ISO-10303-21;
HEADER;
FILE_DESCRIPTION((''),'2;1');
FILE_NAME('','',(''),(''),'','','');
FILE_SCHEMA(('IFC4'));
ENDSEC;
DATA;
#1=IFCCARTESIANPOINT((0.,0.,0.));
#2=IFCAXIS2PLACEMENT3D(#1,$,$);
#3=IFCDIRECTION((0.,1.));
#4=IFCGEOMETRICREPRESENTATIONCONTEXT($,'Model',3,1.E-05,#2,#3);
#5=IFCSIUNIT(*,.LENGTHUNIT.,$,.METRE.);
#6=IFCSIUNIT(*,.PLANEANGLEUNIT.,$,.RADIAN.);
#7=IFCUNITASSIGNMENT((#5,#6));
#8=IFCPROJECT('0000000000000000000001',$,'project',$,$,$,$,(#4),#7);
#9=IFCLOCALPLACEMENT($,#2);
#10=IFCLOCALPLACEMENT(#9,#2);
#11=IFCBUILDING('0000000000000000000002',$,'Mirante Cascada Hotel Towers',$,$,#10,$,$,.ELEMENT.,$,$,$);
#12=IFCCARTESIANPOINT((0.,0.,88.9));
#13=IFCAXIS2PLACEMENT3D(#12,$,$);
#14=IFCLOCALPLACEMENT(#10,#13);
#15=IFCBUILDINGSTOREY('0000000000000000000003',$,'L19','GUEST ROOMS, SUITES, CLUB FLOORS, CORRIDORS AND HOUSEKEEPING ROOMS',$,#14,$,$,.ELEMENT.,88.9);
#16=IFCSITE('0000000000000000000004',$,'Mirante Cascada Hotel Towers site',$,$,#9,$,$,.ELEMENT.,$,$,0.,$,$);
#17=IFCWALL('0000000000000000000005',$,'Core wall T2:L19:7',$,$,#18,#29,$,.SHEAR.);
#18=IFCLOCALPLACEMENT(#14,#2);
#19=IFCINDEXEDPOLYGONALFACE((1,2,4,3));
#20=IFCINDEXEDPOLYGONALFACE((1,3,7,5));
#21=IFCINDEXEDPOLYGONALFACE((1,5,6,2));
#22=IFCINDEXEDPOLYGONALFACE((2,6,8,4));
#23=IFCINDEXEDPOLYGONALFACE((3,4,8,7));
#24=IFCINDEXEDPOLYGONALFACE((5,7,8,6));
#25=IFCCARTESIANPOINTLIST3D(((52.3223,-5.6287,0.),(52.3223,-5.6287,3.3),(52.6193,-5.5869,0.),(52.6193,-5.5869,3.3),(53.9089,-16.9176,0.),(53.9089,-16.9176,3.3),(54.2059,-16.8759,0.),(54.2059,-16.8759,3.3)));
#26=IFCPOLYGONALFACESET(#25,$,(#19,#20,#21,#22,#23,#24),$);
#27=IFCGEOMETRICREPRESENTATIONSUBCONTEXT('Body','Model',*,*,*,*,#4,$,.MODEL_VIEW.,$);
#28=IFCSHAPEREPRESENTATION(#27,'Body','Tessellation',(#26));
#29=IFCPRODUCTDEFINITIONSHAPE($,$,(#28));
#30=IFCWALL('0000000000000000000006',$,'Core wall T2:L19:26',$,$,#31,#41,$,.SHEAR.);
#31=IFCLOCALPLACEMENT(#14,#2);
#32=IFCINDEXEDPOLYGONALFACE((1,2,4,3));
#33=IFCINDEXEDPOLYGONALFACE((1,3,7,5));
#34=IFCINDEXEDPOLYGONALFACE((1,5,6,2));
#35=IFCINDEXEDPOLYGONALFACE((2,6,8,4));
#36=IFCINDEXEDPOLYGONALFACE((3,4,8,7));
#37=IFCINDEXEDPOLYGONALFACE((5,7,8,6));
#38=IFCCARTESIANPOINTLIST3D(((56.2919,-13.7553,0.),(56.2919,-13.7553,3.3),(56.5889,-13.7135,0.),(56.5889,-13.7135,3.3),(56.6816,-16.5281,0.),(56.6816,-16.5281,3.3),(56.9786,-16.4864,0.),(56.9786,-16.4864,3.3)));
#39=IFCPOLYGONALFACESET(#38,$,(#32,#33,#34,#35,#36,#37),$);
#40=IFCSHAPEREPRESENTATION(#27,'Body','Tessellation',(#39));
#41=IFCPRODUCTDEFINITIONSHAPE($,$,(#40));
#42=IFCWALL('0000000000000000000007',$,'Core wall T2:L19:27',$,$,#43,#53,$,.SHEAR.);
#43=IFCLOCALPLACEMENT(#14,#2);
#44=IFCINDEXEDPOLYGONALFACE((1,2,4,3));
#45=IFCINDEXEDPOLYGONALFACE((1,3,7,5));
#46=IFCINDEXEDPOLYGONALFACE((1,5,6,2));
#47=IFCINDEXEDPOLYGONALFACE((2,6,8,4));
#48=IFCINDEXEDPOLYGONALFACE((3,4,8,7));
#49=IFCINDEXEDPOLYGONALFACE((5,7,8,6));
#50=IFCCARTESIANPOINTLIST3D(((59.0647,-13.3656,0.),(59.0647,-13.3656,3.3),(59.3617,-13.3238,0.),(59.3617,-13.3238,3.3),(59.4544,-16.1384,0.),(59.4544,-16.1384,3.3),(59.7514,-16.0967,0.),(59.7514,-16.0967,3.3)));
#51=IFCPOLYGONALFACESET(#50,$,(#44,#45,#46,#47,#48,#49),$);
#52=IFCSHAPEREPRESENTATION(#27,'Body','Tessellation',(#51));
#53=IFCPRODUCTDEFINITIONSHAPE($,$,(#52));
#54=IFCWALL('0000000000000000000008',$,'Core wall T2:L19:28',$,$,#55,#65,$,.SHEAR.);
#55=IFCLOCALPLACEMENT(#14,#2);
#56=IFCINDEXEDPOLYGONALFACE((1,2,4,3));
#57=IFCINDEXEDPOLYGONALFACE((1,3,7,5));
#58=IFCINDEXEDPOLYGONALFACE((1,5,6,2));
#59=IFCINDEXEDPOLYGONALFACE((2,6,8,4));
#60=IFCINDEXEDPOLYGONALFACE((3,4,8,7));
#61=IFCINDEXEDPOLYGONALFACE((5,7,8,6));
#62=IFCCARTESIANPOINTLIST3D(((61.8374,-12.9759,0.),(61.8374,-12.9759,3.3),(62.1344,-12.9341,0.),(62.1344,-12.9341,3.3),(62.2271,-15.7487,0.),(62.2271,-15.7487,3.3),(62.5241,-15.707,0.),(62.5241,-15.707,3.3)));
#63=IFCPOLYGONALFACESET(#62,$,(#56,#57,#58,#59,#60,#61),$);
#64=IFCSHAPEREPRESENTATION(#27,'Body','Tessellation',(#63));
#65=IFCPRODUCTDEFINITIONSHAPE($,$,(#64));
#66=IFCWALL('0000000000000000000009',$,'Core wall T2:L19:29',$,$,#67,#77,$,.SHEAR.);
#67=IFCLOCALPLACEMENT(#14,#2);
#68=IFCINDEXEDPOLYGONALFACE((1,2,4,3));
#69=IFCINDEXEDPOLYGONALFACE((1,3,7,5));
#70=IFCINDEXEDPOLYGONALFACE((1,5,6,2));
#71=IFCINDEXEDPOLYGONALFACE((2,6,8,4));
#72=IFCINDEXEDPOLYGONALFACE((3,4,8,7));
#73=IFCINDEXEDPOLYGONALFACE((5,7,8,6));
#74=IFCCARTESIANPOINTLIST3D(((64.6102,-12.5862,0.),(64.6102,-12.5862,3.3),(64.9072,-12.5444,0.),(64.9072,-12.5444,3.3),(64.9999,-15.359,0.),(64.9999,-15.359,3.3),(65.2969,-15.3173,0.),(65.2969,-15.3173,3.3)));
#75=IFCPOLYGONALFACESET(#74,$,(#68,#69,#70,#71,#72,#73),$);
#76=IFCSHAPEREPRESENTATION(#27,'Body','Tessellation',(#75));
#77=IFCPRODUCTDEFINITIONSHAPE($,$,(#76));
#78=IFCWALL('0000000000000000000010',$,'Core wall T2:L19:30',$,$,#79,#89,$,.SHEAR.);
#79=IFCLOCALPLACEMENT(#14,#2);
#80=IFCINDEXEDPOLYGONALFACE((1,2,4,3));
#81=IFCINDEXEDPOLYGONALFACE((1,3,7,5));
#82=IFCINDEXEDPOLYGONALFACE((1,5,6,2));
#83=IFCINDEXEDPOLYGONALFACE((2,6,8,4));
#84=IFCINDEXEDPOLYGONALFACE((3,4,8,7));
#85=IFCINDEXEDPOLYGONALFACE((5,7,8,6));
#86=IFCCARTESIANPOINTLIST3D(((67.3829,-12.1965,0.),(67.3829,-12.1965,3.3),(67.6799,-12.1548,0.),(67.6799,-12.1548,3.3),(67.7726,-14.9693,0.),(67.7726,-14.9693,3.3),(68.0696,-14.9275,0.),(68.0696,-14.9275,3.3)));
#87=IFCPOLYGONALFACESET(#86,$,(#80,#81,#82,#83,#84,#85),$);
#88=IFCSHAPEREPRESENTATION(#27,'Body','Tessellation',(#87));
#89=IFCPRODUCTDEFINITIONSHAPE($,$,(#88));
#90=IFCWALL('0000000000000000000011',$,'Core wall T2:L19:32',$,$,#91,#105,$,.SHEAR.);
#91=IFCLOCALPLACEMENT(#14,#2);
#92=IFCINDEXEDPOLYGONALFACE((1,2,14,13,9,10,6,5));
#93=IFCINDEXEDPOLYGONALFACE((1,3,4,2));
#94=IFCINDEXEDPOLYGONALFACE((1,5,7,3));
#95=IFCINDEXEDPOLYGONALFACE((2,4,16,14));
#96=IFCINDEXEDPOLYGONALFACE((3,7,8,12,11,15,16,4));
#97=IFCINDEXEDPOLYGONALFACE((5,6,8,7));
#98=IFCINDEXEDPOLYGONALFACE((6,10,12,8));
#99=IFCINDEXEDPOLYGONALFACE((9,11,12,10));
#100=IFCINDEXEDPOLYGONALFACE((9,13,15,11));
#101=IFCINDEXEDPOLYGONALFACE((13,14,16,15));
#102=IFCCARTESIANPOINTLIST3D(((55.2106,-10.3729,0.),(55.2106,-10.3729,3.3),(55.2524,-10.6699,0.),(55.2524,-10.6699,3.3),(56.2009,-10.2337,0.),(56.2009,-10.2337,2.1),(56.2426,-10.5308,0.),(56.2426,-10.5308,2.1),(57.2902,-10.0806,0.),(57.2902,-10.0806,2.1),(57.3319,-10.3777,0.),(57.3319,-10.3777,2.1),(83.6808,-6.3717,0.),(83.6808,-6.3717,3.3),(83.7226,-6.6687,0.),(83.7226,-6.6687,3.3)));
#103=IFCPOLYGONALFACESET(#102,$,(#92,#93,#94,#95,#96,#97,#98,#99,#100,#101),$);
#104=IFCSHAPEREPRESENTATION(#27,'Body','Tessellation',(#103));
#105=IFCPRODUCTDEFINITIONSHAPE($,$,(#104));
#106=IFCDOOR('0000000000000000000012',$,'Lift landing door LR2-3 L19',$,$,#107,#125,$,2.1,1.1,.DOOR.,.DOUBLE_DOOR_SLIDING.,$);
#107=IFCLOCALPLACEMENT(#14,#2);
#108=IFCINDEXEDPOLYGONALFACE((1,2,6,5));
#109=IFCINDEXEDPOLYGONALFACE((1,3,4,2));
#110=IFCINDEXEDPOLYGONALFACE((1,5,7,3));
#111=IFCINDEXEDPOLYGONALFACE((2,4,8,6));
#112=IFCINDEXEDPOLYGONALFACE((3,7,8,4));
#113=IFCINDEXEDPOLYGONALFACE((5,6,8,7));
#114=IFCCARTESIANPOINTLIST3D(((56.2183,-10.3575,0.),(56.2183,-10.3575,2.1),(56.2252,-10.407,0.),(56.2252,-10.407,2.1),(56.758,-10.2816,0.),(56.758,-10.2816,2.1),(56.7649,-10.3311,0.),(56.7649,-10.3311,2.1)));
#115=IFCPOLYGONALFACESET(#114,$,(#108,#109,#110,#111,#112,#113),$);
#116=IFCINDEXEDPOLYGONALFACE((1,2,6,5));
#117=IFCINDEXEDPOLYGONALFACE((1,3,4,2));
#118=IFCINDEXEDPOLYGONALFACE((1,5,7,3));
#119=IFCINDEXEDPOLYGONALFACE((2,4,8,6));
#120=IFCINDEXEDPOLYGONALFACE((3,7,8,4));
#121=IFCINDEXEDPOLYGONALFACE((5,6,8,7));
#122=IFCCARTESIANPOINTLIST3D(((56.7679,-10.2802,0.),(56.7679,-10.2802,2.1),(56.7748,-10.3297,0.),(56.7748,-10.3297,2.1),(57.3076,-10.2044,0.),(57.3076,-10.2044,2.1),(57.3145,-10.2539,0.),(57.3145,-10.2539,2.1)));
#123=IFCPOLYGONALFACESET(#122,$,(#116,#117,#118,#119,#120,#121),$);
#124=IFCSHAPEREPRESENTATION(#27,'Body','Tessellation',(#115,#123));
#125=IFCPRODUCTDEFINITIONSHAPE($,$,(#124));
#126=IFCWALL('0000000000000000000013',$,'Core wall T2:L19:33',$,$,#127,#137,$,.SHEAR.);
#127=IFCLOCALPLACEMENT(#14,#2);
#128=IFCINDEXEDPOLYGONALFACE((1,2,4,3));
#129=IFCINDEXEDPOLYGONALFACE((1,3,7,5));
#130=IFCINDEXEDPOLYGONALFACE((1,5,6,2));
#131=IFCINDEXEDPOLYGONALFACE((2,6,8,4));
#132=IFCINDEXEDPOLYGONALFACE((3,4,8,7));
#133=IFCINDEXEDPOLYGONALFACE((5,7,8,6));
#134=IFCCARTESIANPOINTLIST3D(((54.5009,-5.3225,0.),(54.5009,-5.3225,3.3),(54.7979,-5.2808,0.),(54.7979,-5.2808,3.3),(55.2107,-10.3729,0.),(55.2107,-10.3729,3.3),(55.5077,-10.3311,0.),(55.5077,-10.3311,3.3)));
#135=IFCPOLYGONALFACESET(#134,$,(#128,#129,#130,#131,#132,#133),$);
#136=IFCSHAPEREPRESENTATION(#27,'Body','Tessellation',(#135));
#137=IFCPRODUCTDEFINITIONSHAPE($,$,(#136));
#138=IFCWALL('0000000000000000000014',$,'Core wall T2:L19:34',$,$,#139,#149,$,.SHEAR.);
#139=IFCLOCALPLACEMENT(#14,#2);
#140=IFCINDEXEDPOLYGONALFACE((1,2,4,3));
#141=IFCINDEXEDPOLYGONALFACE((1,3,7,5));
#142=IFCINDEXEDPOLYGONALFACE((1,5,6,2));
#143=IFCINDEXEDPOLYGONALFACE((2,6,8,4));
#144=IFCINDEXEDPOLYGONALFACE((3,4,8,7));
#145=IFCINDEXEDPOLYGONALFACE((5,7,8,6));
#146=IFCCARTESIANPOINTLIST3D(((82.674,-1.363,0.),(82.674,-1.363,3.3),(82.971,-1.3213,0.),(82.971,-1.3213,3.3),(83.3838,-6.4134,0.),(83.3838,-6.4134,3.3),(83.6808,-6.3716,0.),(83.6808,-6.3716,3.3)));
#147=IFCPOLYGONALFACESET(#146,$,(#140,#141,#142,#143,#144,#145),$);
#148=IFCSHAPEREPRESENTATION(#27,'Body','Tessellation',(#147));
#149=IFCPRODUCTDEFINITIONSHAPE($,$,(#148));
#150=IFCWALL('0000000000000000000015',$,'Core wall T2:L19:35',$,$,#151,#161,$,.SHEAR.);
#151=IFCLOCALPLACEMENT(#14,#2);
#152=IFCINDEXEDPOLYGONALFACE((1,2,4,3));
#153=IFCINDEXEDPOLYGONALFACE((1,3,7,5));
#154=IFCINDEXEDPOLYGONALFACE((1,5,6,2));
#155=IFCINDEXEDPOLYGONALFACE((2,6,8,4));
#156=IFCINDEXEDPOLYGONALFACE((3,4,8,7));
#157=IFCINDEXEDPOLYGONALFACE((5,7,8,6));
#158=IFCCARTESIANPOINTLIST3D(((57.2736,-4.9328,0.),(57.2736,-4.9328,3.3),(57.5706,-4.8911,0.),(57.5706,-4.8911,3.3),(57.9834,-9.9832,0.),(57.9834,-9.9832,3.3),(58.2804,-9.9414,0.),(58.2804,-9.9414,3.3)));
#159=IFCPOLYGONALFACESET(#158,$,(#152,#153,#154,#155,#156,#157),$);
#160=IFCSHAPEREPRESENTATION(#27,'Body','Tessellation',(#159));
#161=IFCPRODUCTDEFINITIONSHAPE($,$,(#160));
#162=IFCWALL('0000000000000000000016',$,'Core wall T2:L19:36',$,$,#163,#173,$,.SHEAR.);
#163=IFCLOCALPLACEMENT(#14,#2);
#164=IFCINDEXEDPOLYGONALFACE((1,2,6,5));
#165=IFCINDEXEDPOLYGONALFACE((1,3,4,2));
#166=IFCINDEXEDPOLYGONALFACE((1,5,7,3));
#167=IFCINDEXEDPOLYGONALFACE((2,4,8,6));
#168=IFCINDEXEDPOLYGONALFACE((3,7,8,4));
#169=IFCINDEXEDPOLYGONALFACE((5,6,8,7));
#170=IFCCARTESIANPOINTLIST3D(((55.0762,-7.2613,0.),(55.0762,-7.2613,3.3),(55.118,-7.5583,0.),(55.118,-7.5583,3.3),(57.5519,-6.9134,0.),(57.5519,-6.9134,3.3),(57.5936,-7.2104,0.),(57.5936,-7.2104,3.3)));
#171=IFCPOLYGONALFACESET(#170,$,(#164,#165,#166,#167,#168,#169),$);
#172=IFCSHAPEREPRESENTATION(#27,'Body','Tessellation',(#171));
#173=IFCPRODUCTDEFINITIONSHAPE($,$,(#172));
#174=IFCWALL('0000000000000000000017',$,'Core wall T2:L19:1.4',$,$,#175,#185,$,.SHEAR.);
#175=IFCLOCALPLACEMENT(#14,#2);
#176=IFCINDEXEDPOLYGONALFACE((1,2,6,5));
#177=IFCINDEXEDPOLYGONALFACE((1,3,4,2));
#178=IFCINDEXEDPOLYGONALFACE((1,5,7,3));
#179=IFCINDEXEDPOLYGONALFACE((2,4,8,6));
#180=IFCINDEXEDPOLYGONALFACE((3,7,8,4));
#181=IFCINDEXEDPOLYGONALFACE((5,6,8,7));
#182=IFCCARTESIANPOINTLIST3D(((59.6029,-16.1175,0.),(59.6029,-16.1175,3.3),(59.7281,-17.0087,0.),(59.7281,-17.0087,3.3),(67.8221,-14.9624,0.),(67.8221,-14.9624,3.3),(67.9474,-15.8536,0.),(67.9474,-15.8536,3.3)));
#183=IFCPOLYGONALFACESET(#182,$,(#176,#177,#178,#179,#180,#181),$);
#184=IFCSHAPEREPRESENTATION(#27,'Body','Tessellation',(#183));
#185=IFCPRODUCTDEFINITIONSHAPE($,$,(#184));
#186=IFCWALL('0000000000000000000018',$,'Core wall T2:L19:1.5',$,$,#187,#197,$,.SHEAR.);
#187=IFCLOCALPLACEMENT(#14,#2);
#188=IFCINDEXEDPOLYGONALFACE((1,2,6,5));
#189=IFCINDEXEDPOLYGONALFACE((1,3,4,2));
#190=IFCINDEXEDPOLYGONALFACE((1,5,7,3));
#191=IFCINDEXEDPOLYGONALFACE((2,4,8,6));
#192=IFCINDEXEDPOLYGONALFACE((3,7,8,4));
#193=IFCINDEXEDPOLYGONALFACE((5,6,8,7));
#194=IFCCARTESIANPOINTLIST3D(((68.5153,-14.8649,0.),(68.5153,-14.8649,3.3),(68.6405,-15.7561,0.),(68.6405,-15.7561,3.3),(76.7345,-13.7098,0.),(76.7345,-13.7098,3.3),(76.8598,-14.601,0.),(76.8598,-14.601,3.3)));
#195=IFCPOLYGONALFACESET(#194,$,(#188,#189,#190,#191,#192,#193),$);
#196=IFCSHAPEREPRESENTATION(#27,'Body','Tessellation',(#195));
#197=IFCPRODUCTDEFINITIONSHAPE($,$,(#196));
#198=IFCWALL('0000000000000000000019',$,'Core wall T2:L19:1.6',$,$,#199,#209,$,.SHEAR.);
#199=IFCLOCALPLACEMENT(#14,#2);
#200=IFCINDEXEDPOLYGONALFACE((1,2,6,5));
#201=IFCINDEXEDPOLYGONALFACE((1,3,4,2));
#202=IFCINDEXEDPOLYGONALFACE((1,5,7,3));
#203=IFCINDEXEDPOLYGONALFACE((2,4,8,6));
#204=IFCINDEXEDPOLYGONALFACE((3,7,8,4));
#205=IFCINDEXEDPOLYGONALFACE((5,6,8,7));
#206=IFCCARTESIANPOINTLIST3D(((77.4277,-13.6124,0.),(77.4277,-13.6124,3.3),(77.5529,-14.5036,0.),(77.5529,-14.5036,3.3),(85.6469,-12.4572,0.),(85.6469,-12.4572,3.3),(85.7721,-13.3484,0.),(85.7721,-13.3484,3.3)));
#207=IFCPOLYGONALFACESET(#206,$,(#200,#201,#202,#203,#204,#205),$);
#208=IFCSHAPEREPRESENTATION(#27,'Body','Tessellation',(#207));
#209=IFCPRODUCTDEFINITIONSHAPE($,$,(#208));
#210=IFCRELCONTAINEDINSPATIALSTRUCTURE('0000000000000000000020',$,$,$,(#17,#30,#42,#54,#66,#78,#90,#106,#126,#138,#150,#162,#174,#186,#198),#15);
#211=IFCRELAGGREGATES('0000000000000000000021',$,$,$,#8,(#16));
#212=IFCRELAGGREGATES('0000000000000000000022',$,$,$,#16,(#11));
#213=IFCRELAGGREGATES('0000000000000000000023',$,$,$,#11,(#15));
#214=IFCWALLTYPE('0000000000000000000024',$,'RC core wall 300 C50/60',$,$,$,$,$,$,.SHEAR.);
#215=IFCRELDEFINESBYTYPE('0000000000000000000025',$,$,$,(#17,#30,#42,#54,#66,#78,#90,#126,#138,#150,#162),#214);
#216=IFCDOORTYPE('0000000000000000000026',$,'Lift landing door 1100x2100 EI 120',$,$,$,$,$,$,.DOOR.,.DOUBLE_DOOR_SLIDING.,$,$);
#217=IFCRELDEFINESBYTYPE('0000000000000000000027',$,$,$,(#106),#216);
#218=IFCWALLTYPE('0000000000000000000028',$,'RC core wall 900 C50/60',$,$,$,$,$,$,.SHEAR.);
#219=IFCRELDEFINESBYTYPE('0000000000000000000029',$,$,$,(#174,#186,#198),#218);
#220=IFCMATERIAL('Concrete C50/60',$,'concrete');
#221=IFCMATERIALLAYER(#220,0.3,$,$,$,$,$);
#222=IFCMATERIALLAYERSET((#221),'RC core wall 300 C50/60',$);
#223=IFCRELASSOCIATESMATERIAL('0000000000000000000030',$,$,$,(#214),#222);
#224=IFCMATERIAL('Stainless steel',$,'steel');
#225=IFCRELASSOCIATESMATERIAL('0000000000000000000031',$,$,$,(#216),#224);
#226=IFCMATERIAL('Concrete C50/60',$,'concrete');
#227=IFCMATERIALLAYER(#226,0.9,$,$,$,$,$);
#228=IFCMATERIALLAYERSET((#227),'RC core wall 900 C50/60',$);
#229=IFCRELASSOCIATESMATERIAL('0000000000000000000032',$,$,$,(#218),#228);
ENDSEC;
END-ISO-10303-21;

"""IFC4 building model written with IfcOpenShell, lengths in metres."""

from ifc_helpers import new_model, si_unit, direction, frame, frame_2d, origin, place, context, subcontext, project, spatial, rectangle, extrude, material, layer, layer_set, type_object, element, fill, save


model = new_model("IFC4")

# Units and contexts
model_context = context("Model", 3, precision=1e-05, world=origin(), true_north=direction((0.0, 1.0)))
body_context = subcontext(model_context, "Body", "Model", "MODEL_VIEW")
ifc_project = project(units=[si_unit("LENGTHUNIT", "METRE"), si_unit("PLANEANGLEUNIT", "RADIAN")], contexts=[model_context])

# Site, building, storey
site_placement = place(None, origin())
site = spatial("IfcSite", under=ifc_project, at=site_placement, Name="Mirante Cascada Hotel Towers site", CompositionType="ELEMENT", RefElevation=0.0)
building_placement = place(site_placement, origin())
building = spatial("IfcBuilding", under=site, at=building_placement, Name="Mirante Cascada Hotel Towers", CompositionType="ELEMENT")
storey_placement = place(building_placement, frame((0.0, 0.0, 88.9)))
storey = spatial("IfcBuildingStorey", under=building, at=storey_placement, Name="L19", Description="GUEST ROOMS, SUITES, CLUB FLOORS, CORRIDORS AND HOUSEKEEPING ROOMS", CompositionType="ELEMENT", Elevation=88.9)

# Walls
ifc_material_1 = material(Name="Concrete C50/60", Category="concrete")
ifc_layer_1 = layer(ifc_material_1, 0.3)
ifc_layer_set_1 = layer_set([ifc_layer_1], Name="RC core wall 300 C50/60")
wall_type_1 = type_object("IfcWallType", Name="RC core wall 300 C50/60", PredefinedType="SHEAR", material=ifc_layer_set_1)
wall_1_placement = place(storey_placement, frame((54.0574, -16.8968, 0.0), z_axis=(0.0, 0.0, 1.0), x_axis=(-0.139176, 0.990268, 0.0)))
element("IfcWall", 1, at=wall_1_placement, inside=storey, type_object=wall_type_1, Name="Core wall T2:L19:7", PredefinedType="SHEAR", context=body_context, shape_type="SweptSolid", body=[
    extrude(rectangle(XDim=11.3999, YDim=0.3, at=frame_2d((5.7, 0.0))), origin(), (0.0, 0.0, 1.0), 3.3),
])
for number, where, z_axis, x_axis, name in (
    (2, (56.8301, -16.5072, 0.0), (0.0, 0.0, 1.0), (-0.139176, 0.990268, 0.0), "Core wall T2:L19:26"),
    (3, (59.6029, -16.1175, 0.0), (0.0, 0.0, 1.0), (-0.139176, 0.990268, 0.0), "Core wall T2:L19:27"),
    (4, (62.3756, -15.7278, 0.0), (0.0, 0.0, 1.0), (-0.139176, 0.990268, 0.0), "Core wall T2:L19:28"),
    (5, (65.1484, -15.3381, 0.0), (0.0, 0.0, 1.0), (-0.139176, 0.990268, 0.0), "Core wall T2:L19:29"),
):
    element("IfcWall", number, at=place(storey_placement, frame(where, z_axis=z_axis, x_axis=x_axis)), inside=storey, type_object=wall_type_1, Name=name, PredefinedType="SHEAR", context=body_context, shape_type="SweptSolid", body=[
        extrude(rectangle(XDim=2.8001, YDim=0.3, at=frame_2d((1.4, 0.0))), origin(), (0.0, 0.0, 1.0), 3.3),
    ])
wall_2_placement = place(storey_placement, frame((67.9211, -14.9484, 0.0), z_axis=(0.0, 0.0, 1.0), x_axis=(-0.139181, 0.990267, 0.0)))
element("IfcWall", 6, at=wall_2_placement, inside=storey, type_object=wall_type_1, Name="Core wall T2:L19:30", PredefinedType="SHEAR", context=body_context, shape_type="SweptSolid", body=[
    extrude(rectangle(XDim=2.8, YDim=0.3, at=frame_2d((1.4, 0.0))), origin(), (0.0, 0.0, 1.0), 3.3),
])

# Wall, opening, door
wall_3_placement = place(storey_placement, frame((55.2315, -10.5214, 0.0), z_axis=(0.0, 0.0, 1.0), x_axis=(0.990268, 0.139172, 0.0)))
wall_3 = element("IfcWall", 7, at=wall_3_placement, inside=storey, type_object=wall_type_1, Name="Core wall T2:L19:32", PredefinedType="SHEAR", context=body_context, shape_type="SweptSolid", body=[
    extrude(rectangle(XDim=28.75, YDim=0.3, at=frame_2d((14.375, 0.0))), origin(), (0.0, 0.0, 1.0), 3.3),
])
opening_1_placement = place(wall_3_placement, frame((1.0, 0.0, 0.0)))
opening_1 = element("IfcOpeningElement", 8, at=opening_1_placement, cuts=wall_3, PredefinedType="OPENING", context=body_context, shape_type="SweptSolid", body=[
    extrude(rectangle(XDim=1.1, YDim=2.1, at=frame_2d((0.55, 1.05))), frame((0.0, 0.15, 0.0), z_axis=(0.0, -1.0, 0.0), x_axis=(1.0, 0.0, 0.0)), (0.0, 0.0, 1.0), 0.3),
])
ifc_material_2 = material(Name="Stainless steel", Category="steel")
door_type_1 = type_object("IfcDoorType", Name="Lift landing door 1100x2100 EI 120", OperationType="DOUBLE_DOOR_SLIDING", PredefinedType="DOOR", material=ifc_material_2)
door_1_placement = place(opening_1_placement, origin())
door_1 = element("IfcDoor", 9, at=door_1_placement, inside=storey, type_object=door_type_1, Name="Lift landing door LR2-3 L19", OperationType="DOUBLE_DOOR_SLIDING", OverallHeight=2.1, OverallWidth=1.1, PredefinedType="DOOR", context=body_context, shape_type="SweptSolid", body=[
    extrude(rectangle(XDim=0.545, YDim=2.1, at=frame_2d((0.2725, 1.05))), frame((0.0, 0.025, 0.0), z_axis=(0.0, -1.0, 0.0), x_axis=(1.0, 0.0, 0.0)), (0.0, 0.0, 1.0), 0.05),
    extrude(rectangle(XDim=0.545, YDim=2.1, at=frame_2d((0.8275, 1.05))), frame((0.0, 0.025, 0.0), z_axis=(0.0, -1.0, 0.0), x_axis=(1.0, 0.0, 0.0)), (0.0, 0.0, 1.0), 0.05),
])
fill(opening_1, door_1)

# Walls
for number, where, z_axis, x_axis, name in (
    (10, (55.3592, -10.352, 0.0), (0.0, 0.0, 1.0), (-0.139176, 0.990268, 0.0), "Core wall T2:L19:33"),
    (11, (83.5323, -6.3925, 0.0), (0.0, 0.0, 1.0), (-0.139176, 0.990268, 0.0), "Core wall T2:L19:34"),
    (12, (58.1319, -9.9623, 0.0), (0.0, 0.0, 1.0), (-0.139176, 0.990268, 0.0), "Core wall T2:L19:35"),
):
    element("IfcWall", number, at=place(storey_placement, frame(where, z_axis=z_axis, x_axis=x_axis)), inside=storey, type_object=wall_type_1, Name=name, PredefinedType="SHEAR", context=body_context, shape_type="SweptSolid", body=[
        extrude(rectangle(XDim=5.1, YDim=0.3, at=frame_2d((2.55, 0.0))), origin(), (0.0, 0.0, 1.0), 3.3),
    ])
wall_4_placement = place(storey_placement, frame((55.0971, -7.4098, 0.0), z_axis=(0.0, 0.0, 1.0), x_axis=(0.99027, 0.139159, 0.0)))
element("IfcWall", 13, at=wall_4_placement, inside=storey, type_object=wall_type_1, Name="Core wall T2:L19:36", PredefinedType="SHEAR", context=body_context, shape_type="SweptSolid", body=[
    extrude(rectangle(XDim=2.5, YDim=0.3, at=frame_2d((1.25, 0.0))), origin(), (0.0, 0.0, 1.0), 3.3),
])
ifc_material_3 = material(Name="Concrete C50/60", Category="concrete")
ifc_layer_2 = layer(ifc_material_3, 0.9)
ifc_layer_set_2 = layer_set([ifc_layer_2], Name="RC core wall 900 C50/60")
wall_type_2 = type_object("IfcWallType", Name="RC core wall 900 C50/60", PredefinedType="SHEAR", material=ifc_layer_set_2)
for number, where, z_axis, x_axis, name in (
    (14, (59.6655, -16.5631, 0.0), (0.0, 0.0, 1.0), (0.990269, 0.139169, 0.0), "Core wall T2:L19:1.4"),
    (15, (68.5779, -15.3105, 0.0), (0.0, 0.0, 1.0), (0.990269, 0.139169, 0.0), "Core wall T2:L19:1.5"),
    (16, (77.4903, -14.058, 0.0), (0.0, 0.0, 1.0), (0.990267, 0.139181, 0.0), "Core wall T2:L19:1.6"),
):
    element("IfcWall", number, at=place(storey_placement, frame(where, z_axis=z_axis, x_axis=x_axis)), inside=storey, type_object=wall_type_2, Name=name, PredefinedType="SHEAR", context=body_context, shape_type="SweptSolid", body=[
        extrude(rectangle(XDim=8.3, YDim=0.9, at=frame_2d((4.15, 0.0))), origin(), (0.0, 0.0, 1.0), 3.3),
    ])

save(model, "model.ifc")
